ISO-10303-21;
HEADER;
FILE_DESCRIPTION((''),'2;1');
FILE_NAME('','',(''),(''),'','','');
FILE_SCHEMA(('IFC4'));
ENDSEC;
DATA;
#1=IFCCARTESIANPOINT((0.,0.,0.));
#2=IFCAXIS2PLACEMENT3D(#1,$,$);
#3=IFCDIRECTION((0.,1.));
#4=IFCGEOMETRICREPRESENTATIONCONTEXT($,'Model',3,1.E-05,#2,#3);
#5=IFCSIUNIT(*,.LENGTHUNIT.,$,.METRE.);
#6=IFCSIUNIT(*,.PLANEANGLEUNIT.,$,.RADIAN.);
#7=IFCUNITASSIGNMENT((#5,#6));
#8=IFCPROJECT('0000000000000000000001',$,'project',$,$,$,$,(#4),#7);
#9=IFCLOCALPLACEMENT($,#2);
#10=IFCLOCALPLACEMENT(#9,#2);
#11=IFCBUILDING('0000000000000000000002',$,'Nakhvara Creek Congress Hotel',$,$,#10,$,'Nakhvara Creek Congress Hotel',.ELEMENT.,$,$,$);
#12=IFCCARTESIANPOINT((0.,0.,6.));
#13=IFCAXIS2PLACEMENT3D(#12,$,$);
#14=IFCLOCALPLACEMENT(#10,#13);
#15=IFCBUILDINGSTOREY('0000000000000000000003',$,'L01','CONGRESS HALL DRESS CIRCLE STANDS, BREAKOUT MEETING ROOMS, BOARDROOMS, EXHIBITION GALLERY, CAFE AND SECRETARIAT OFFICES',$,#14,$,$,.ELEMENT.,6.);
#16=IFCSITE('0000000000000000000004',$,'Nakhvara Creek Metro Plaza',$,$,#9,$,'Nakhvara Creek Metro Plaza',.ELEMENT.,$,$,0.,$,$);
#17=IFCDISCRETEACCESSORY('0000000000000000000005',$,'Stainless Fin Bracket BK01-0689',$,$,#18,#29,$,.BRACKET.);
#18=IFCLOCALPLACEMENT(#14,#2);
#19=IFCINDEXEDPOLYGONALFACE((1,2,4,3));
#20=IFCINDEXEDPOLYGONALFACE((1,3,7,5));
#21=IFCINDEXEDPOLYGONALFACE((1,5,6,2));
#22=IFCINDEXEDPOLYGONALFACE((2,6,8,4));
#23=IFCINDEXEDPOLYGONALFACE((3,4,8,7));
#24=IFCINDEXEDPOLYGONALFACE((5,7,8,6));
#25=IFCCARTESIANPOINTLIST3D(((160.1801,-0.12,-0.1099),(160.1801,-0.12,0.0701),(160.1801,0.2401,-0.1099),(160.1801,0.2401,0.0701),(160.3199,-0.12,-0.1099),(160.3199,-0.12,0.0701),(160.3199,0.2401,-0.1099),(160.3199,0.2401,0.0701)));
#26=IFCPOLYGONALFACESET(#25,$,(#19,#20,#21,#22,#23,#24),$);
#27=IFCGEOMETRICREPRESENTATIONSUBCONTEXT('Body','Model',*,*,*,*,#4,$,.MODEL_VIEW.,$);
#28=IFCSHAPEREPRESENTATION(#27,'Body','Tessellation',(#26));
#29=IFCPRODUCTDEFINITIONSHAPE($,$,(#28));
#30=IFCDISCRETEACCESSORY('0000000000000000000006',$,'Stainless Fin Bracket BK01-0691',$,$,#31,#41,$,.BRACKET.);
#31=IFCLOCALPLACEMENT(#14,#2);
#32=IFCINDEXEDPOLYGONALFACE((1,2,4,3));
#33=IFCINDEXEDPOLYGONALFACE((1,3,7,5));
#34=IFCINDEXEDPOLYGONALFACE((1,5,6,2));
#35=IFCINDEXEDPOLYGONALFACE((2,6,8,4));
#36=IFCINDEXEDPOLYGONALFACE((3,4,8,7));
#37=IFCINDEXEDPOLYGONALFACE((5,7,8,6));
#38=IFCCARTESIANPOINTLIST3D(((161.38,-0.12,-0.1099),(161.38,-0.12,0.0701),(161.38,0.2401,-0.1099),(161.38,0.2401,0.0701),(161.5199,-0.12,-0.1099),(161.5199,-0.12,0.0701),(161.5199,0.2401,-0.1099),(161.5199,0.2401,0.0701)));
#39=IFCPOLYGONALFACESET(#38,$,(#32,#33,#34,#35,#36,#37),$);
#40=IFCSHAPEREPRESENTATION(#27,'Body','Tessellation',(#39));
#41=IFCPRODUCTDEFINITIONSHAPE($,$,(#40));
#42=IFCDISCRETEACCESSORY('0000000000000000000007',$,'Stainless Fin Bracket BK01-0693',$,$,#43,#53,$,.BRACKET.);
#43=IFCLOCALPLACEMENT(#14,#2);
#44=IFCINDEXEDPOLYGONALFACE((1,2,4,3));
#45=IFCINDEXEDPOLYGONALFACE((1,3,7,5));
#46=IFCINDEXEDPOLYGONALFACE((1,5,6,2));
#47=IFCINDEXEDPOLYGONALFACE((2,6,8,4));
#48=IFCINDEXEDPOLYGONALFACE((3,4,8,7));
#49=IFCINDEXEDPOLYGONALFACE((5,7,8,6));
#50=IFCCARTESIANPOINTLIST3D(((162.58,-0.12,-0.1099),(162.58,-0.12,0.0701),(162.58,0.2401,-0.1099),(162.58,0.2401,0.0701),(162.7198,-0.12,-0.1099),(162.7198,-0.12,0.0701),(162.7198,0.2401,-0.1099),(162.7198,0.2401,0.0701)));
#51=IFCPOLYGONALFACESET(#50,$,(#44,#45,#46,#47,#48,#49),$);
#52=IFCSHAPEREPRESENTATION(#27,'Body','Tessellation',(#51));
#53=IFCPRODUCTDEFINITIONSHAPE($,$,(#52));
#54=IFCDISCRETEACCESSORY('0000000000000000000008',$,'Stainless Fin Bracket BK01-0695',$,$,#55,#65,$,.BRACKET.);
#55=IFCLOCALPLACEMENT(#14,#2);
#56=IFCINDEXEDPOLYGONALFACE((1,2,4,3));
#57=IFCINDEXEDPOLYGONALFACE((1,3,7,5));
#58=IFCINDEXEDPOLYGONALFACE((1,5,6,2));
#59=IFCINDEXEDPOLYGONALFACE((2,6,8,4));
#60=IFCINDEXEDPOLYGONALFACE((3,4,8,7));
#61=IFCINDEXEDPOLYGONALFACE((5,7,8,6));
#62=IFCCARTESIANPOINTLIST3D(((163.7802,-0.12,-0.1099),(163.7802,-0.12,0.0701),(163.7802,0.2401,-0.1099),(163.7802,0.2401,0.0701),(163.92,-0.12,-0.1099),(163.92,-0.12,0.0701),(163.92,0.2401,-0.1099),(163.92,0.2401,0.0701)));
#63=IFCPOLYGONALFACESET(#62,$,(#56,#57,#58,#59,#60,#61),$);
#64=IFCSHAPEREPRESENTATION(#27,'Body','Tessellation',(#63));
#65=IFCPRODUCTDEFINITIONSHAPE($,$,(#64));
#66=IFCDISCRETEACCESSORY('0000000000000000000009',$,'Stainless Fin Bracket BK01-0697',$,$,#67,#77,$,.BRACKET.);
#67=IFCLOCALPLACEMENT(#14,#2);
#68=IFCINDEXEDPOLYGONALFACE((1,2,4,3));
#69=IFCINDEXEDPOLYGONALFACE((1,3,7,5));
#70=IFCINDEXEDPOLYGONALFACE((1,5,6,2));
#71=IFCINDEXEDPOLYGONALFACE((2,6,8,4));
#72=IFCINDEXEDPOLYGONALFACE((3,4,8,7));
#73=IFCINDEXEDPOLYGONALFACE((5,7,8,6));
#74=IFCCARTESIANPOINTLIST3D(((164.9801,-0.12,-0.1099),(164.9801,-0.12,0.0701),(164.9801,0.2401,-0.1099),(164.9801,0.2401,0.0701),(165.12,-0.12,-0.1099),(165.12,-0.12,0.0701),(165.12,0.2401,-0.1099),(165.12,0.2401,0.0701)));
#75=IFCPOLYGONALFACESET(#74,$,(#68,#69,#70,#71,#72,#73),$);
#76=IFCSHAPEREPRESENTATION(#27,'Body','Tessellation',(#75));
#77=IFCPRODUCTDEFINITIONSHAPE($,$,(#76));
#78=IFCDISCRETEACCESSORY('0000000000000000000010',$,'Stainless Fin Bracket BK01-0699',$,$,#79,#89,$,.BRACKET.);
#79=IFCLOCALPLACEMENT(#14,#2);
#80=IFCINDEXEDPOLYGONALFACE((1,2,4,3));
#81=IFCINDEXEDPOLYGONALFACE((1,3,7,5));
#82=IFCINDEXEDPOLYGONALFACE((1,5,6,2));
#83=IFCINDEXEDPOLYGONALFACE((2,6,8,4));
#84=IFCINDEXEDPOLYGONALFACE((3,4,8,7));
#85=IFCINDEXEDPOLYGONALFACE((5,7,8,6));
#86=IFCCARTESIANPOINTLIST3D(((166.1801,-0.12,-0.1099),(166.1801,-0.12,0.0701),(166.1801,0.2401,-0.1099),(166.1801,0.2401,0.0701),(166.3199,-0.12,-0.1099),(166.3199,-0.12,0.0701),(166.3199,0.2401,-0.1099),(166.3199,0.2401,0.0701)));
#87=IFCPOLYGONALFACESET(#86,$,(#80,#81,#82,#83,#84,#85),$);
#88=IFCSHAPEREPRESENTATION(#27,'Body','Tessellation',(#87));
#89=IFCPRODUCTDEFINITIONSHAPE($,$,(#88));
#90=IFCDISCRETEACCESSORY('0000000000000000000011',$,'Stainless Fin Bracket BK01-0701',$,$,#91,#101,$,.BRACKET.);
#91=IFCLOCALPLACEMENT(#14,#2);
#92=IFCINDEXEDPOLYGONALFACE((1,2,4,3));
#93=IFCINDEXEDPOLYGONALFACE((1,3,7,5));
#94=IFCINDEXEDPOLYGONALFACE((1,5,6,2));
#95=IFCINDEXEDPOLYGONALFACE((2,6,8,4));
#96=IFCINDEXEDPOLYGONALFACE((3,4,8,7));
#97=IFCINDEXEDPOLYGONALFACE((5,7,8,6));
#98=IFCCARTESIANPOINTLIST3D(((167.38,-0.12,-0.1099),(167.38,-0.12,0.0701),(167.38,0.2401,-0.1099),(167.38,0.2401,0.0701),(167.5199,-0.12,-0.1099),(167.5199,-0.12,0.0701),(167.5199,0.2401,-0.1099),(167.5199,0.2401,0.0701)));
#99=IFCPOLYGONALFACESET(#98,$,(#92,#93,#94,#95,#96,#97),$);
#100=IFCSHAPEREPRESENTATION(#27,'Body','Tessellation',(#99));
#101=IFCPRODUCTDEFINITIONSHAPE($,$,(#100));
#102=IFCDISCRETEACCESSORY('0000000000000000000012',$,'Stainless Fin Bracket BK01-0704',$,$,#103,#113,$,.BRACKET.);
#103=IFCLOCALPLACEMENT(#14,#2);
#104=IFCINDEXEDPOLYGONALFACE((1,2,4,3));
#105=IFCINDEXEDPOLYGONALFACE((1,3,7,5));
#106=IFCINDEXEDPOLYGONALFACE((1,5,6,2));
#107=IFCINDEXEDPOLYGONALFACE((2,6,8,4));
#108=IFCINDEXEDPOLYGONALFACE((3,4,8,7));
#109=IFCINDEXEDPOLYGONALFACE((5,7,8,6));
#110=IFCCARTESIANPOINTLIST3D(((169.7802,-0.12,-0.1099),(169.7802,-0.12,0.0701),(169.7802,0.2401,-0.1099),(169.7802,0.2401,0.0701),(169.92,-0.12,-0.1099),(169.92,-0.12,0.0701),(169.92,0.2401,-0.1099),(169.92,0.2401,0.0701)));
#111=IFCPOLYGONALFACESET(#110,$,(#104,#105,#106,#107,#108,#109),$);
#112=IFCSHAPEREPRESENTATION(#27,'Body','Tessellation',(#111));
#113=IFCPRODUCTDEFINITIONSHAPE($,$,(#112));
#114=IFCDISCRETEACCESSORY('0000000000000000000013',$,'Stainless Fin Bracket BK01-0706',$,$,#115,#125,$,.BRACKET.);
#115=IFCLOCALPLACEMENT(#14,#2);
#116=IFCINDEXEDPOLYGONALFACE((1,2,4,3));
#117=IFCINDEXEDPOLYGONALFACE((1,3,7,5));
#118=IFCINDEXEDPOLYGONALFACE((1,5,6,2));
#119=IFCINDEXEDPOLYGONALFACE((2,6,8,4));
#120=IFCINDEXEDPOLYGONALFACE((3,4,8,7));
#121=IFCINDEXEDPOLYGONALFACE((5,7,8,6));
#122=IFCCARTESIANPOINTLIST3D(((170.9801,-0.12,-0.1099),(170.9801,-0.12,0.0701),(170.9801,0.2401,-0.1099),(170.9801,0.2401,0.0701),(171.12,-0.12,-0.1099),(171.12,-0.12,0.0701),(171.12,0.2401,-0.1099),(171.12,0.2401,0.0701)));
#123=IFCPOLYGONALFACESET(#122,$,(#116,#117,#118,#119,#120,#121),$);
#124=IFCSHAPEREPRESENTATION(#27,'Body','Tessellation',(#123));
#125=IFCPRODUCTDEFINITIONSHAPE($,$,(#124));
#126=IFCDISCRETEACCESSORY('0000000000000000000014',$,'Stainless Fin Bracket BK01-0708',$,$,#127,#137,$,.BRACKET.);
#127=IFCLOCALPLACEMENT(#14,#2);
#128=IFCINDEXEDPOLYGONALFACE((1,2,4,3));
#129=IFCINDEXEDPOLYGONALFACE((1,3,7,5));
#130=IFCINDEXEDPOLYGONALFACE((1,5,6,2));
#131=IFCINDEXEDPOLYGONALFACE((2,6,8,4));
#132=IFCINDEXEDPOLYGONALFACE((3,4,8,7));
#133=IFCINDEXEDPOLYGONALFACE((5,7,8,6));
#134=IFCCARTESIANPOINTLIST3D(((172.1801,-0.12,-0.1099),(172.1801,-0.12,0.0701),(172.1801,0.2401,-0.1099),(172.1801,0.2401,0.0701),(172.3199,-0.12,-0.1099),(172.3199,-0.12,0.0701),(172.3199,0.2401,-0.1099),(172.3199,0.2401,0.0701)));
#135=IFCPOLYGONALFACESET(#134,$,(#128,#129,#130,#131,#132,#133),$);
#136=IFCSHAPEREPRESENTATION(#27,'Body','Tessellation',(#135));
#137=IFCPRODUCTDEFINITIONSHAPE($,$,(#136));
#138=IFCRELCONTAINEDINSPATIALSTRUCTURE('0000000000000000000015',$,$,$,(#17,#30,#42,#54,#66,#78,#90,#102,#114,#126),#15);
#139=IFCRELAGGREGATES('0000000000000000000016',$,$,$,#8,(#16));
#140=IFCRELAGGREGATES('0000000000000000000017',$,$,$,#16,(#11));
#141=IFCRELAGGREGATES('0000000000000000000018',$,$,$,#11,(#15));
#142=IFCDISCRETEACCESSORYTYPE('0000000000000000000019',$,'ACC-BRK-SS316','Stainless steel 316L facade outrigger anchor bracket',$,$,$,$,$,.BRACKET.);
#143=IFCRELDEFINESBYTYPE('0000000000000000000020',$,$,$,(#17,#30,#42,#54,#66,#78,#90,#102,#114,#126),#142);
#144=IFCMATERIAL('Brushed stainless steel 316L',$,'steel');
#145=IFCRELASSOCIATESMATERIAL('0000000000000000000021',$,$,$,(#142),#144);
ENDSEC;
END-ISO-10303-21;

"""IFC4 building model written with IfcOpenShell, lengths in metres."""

from ifc_helpers import new_model, si_unit, direction, frame, origin, origin_2d, place, context, subcontext, project, spatial, rectangle, extrude, material, type_object, element, save


model = new_model("IFC4")

# Units and contexts
model_context = context("Model", 3, precision=1e-05, world=origin(), true_north=direction((0.0, 1.0)))
body_context = subcontext(model_context, "Body", "Model", "MODEL_VIEW")
ifc_project = project(units=[si_unit("LENGTHUNIT", "METRE"), si_unit("PLANEANGLEUNIT", "RADIAN")], contexts=[model_context])

# Site, building, storey
site_placement = place(None, origin())
site = spatial("IfcSite", under=ifc_project, at=site_placement, Name="Nakhvara Creek Metro Plaza", LongName="Nakhvara Creek Metro Plaza", CompositionType="ELEMENT", RefElevation=0.0)
building_placement = place(site_placement, origin())
building = spatial("IfcBuilding", under=site, at=building_placement, Name="Nakhvara Creek Congress Hotel", LongName="Nakhvara Creek Congress Hotel", CompositionType="ELEMENT")
storey_placement = place(building_placement, frame((0.0, 0.0, 6.0)))
storey = spatial("IfcBuildingStorey", under=building, at=storey_placement, Name="L01", Description="CONGRESS HALL DRESS CIRCLE STANDS, BREAKOUT MEETING ROOMS, BOARDROOMS, EXHIBITION GALLERY, CAFE AND SECRETARIAT OFFICES", CompositionType="ELEMENT", Elevation=6.0)

# Discrete accessories
ifc_material_1 = material(Name="Brushed stainless steel 316L", Category="steel")
discrete_accessory_type = type_object("IfcDiscreteAccessoryType", Name="ACC-BRK-SS316", Description="Stainless steel 316L facade outrigger anchor bracket", PredefinedType="BRACKET", material=ifc_material_1)
for number, where, z_axis, x_axis, name in (
    (1, (160.25, 0.0601, -0.1099), (0.0, 0.0, 1.0), (1.0, 0.0, 0.0), "Stainless Fin Bracket BK01-0689"),
    (2, (161.45, 0.0601, -0.1099), (0.0, 0.0, 1.0), (1.0, 0.0, 0.0), "Stainless Fin Bracket BK01-0691"),
    (3, (162.6499, 0.0601, -0.1099), (0.0, 0.0, 1.0), (1.0, 0.0, 0.0), "Stainless Fin Bracket BK01-0693"),
    (4, (163.8501, 0.0601, -0.1099), (0.0, 0.0, 1.0), (1.0, 0.0, 0.0), "Stainless Fin Bracket BK01-0695"),
    (5, (165.05, 0.0601, -0.1099), (0.0, 0.0, 1.0), (1.0, 0.0, 0.0), "Stainless Fin Bracket BK01-0697"),
    (6, (166.25, 0.0601, -0.1099), (0.0, 0.0, 1.0), (1.0, 0.0, 0.0), "Stainless Fin Bracket BK01-0699"),
    (7, (167.45, 0.0601, -0.1099), (0.0, 0.0, 1.0), (1.0, 0.0, 0.0), "Stainless Fin Bracket BK01-0701"),
    (8, (169.8501, 0.0601, -0.1099), (0.0, 0.0, 1.0), (1.0, 0.0, 0.0), "Stainless Fin Bracket BK01-0704"),
    (9, (171.05, 0.0601, -0.1099), (0.0, 0.0, 1.0), (1.0, 0.0, 0.0), "Stainless Fin Bracket BK01-0706"),
    (10, (172.25, 0.0601, -0.1099), (0.0, 0.0, 1.0), (1.0, 0.0, 0.0), "Stainless Fin Bracket BK01-0708"),
):
    element("IfcDiscreteAccessory", number, at=place(storey_placement, frame(where, z_axis=z_axis, x_axis=x_axis)), inside=storey, type_object=discrete_accessory_type, Name=name, PredefinedType="BRACKET", context=body_context, shape_type="SweptSolid", body=[
        extrude(rectangle(XDim=0.1399, YDim=0.3601, at=origin_2d()), origin(), (0.0, 0.0, 1.0), 0.1799),
    ])

save(model, "model.ifc")
